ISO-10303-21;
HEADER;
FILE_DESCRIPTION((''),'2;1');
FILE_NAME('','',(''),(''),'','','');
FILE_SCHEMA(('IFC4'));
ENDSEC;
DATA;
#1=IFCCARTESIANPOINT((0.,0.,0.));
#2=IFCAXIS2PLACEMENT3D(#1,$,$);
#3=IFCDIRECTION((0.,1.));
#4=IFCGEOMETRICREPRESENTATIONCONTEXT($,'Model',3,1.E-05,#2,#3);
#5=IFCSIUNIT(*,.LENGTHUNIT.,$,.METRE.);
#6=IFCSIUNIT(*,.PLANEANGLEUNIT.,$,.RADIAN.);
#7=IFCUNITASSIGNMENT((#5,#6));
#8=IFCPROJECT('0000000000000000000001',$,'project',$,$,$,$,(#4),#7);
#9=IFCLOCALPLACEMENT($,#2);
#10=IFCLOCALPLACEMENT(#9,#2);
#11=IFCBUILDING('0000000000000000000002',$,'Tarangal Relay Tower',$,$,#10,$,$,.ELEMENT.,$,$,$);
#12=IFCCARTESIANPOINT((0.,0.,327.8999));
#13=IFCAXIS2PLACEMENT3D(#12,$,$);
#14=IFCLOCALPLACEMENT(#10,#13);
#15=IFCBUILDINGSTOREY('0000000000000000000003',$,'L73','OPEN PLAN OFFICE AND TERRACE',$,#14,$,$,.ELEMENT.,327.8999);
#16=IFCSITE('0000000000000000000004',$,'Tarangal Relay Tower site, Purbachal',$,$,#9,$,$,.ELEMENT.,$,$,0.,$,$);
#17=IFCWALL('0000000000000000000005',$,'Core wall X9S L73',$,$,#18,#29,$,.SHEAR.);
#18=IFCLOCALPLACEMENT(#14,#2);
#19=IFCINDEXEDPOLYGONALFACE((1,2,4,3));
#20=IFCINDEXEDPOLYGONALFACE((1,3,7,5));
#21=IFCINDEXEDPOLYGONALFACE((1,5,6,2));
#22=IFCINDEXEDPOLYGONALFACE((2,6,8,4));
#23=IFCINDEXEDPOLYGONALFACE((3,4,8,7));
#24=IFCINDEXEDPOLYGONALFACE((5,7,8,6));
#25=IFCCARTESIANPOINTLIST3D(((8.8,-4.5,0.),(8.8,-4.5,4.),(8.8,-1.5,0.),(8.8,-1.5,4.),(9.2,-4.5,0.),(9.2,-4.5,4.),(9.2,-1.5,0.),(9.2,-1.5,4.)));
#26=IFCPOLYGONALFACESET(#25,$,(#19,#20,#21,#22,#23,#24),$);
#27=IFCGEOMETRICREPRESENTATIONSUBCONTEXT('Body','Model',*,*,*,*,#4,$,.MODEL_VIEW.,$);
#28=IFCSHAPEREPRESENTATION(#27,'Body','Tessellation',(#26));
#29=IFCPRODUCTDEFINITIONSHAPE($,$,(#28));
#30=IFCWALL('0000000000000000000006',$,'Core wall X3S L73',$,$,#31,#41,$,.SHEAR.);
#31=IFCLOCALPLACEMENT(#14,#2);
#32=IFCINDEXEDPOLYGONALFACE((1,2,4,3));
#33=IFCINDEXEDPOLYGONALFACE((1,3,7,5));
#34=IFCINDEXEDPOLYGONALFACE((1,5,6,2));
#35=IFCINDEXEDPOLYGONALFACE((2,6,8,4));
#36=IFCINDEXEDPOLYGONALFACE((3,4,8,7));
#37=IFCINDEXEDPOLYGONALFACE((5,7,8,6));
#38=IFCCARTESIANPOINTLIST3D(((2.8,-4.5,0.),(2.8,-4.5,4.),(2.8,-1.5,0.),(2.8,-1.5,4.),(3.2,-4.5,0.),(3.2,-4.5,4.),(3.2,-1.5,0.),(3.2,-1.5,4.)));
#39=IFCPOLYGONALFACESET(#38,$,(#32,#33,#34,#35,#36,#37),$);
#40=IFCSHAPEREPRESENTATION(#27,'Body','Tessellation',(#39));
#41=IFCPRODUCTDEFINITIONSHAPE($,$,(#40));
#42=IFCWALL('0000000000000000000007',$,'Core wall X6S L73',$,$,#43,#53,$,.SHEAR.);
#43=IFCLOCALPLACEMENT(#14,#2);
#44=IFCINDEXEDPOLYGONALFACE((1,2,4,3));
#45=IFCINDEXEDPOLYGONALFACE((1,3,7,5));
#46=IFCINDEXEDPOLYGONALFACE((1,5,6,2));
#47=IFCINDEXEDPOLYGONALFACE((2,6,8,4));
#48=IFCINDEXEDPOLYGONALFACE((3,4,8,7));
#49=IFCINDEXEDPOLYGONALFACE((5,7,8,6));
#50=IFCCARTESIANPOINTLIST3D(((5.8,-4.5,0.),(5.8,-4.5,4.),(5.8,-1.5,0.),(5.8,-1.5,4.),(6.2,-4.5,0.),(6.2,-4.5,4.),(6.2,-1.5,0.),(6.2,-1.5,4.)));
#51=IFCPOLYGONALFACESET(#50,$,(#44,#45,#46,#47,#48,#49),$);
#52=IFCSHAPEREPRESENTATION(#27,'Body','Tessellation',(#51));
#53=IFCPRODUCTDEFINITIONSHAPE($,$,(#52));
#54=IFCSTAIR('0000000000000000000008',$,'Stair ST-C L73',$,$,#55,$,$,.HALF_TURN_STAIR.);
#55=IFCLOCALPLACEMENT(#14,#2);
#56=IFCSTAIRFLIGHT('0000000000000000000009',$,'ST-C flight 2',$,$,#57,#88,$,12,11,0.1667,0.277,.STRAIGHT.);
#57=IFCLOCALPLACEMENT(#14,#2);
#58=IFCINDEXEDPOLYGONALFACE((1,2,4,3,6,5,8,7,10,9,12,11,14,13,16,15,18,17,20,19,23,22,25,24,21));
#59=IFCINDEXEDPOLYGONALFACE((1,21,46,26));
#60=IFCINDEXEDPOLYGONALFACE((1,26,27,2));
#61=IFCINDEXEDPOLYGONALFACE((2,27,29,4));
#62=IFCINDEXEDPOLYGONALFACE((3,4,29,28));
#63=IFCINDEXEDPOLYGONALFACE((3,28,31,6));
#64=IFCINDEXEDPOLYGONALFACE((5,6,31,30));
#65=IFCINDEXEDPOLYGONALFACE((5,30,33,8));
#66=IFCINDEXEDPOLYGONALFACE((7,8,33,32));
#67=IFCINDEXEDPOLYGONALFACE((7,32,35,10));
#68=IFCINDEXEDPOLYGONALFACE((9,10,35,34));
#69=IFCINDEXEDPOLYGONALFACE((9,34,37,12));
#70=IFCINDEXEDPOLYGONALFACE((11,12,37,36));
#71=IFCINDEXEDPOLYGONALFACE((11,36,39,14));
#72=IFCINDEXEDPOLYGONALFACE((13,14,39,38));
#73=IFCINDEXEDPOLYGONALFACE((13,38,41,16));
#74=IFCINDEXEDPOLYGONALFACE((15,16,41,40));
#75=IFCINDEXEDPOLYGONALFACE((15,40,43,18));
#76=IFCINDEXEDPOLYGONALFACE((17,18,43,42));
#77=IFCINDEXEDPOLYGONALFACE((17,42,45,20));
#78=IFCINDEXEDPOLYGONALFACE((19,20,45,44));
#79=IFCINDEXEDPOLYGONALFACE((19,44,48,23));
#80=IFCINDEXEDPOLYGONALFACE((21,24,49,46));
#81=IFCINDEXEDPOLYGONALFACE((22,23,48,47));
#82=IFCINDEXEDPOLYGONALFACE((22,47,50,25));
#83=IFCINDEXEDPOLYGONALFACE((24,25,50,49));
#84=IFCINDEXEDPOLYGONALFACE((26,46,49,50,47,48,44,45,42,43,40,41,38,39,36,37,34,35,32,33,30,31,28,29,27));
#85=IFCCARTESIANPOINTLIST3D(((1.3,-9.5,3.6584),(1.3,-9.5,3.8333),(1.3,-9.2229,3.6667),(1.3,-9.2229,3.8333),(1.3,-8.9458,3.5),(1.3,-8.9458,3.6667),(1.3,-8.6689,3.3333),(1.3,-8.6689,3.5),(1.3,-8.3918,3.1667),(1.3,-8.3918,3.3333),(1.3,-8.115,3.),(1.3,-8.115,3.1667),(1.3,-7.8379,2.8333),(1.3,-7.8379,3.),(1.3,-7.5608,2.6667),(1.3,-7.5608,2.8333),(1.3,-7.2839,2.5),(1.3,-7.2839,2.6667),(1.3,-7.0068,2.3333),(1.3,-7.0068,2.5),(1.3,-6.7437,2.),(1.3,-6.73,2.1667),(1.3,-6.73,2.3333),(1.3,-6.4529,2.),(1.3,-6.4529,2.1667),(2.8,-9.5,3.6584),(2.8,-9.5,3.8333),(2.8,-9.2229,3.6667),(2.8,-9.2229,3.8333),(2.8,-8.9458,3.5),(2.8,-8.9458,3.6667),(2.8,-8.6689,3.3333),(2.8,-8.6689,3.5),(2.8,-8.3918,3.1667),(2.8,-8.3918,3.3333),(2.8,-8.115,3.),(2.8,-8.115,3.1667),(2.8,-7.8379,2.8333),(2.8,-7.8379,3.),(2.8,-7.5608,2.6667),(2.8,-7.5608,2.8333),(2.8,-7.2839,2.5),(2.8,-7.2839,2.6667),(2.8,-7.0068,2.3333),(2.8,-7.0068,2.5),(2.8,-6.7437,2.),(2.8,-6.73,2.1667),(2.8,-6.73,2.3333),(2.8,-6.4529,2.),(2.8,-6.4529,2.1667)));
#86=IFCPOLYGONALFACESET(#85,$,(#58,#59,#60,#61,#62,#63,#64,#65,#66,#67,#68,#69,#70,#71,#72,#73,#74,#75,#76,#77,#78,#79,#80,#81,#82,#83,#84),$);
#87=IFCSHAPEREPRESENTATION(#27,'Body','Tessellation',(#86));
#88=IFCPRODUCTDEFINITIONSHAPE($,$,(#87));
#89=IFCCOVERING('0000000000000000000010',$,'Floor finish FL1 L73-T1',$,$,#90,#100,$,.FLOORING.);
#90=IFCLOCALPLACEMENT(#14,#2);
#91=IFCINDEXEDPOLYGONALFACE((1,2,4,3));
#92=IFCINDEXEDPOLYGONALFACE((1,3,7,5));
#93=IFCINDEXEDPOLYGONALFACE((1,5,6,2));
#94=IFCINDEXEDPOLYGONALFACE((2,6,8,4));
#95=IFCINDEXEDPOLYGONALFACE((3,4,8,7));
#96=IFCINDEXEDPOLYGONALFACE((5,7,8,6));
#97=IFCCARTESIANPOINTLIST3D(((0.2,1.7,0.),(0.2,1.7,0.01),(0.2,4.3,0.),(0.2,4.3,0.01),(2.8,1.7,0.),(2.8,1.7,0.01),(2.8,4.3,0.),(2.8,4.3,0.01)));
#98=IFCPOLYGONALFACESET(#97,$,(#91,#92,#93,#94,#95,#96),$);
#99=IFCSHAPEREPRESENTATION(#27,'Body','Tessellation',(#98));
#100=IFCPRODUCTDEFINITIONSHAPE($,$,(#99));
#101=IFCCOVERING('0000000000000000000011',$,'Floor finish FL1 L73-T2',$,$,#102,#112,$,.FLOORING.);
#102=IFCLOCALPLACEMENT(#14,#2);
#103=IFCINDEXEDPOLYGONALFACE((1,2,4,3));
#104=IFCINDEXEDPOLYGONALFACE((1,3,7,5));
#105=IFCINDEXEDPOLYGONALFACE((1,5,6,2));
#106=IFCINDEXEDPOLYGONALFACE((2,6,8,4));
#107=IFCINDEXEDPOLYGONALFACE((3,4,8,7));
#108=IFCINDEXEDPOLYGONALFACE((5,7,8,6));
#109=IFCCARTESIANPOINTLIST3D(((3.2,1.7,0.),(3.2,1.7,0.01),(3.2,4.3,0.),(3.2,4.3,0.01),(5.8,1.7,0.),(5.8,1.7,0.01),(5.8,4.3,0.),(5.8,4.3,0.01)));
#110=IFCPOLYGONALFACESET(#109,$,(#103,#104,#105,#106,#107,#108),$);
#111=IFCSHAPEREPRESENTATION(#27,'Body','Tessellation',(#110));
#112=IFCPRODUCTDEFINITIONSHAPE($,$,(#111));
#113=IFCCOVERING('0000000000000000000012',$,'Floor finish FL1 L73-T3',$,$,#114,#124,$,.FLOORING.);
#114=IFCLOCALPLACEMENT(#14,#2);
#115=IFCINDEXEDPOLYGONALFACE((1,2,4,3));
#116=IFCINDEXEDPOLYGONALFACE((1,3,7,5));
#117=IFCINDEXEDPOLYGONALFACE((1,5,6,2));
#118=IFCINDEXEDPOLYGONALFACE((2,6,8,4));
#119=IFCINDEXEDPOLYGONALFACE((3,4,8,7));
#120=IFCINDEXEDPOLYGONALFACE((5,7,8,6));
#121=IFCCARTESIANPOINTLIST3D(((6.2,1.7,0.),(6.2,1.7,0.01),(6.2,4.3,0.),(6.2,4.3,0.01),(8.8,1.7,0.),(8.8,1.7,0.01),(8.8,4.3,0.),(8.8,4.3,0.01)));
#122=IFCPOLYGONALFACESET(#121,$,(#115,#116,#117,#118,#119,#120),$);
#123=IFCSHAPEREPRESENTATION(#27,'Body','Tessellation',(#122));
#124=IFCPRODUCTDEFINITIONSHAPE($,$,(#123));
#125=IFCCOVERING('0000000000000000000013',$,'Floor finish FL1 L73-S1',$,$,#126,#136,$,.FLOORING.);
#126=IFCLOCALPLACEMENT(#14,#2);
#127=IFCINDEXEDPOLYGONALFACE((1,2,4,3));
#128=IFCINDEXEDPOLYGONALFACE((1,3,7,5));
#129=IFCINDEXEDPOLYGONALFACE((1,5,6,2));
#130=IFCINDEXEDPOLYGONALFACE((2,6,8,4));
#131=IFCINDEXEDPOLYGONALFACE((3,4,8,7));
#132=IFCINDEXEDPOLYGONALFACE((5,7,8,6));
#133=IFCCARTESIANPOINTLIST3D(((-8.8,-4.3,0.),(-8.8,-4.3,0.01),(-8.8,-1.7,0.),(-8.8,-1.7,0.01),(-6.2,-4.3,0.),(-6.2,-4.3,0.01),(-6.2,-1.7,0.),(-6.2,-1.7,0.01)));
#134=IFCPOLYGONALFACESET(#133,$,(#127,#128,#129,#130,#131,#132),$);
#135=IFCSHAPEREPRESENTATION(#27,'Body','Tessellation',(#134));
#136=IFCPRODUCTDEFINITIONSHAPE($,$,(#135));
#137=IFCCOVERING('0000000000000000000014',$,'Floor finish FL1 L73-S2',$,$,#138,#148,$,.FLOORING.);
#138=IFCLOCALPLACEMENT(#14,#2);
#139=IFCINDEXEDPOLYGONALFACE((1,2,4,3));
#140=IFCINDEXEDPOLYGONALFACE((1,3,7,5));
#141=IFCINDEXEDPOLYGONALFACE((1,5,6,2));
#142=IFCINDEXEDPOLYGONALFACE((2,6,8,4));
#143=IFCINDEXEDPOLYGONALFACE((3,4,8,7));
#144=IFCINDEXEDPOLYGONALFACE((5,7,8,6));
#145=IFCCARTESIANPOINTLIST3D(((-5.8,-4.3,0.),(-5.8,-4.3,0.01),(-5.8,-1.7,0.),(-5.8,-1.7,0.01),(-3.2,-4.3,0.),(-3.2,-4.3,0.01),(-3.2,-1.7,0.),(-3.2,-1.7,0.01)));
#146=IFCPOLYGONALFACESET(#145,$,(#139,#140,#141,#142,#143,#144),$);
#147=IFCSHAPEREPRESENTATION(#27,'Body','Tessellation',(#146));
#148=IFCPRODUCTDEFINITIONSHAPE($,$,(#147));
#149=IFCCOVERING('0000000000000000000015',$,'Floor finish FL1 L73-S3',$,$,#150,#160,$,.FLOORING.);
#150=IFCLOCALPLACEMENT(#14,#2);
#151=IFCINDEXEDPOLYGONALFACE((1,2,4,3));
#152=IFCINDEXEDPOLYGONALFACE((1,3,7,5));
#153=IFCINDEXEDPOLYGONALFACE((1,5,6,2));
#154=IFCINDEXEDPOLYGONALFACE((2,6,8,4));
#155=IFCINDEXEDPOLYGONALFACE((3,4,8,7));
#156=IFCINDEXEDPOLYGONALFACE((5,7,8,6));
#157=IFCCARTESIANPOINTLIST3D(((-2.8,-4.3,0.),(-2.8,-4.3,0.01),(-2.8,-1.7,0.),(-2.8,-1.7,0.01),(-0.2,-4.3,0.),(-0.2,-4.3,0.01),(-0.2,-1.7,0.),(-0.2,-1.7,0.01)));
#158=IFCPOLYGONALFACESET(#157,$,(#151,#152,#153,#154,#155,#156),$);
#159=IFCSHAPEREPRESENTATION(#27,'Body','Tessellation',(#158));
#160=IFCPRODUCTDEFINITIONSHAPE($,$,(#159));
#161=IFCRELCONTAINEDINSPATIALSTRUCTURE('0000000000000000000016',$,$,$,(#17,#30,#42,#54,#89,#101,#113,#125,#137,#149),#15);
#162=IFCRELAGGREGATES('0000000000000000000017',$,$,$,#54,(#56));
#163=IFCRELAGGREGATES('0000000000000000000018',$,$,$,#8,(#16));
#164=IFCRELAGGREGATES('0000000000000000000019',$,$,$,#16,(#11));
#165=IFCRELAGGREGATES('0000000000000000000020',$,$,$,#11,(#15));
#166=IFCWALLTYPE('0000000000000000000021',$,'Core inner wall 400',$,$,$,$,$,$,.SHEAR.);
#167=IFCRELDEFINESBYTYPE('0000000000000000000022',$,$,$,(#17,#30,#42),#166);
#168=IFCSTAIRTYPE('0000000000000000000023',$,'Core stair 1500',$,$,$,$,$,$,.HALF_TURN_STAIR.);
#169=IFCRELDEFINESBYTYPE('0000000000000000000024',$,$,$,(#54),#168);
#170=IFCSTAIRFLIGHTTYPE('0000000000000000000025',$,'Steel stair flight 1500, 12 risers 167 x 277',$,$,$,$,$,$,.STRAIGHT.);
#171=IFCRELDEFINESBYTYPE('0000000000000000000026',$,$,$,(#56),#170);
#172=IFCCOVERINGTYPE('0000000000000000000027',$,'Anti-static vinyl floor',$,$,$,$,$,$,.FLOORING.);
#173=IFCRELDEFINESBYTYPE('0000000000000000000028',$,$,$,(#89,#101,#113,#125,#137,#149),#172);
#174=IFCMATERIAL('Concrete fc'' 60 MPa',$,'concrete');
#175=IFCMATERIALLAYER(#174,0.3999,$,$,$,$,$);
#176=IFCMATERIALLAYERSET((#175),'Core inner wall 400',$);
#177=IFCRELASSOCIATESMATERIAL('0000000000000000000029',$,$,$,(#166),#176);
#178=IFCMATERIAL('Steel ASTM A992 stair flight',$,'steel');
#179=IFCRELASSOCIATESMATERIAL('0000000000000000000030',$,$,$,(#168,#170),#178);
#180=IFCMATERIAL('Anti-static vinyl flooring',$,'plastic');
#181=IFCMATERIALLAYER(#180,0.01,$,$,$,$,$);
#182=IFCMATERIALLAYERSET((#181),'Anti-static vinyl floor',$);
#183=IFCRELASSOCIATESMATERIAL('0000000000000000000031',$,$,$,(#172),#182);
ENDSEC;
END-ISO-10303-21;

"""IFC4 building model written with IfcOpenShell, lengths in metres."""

from ifc_helpers import new_model, si_unit, direction, frame, frame_2d, origin, place, context, subcontext, project, spatial, polyline, rectangle, outline, extrude, material, layer, layer_set, type_object, element, aggregate, save


model = new_model("IFC4")

# Units and contexts
model_context = context("Model", 3, precision=1e-05, world=origin(), true_north=direction((0.0, 1.0)))
body_context = subcontext(model_context, "Body", "Model", "MODEL_VIEW")
ifc_project = project(units=[si_unit("LENGTHUNIT", "METRE"), si_unit("PLANEANGLEUNIT", "RADIAN")], contexts=[model_context])

# Site, building, storey
site_placement = place(None, origin())
site = spatial("IfcSite", under=ifc_project, at=site_placement, Name="Tarangal Relay Tower site, Purbachal", CompositionType="ELEMENT", RefElevation=0.0)
building_placement = place(site_placement, origin())
building = spatial("IfcBuilding", under=site, at=building_placement, Name="Tarangal Relay Tower", CompositionType="ELEMENT")
storey_placement = place(building_placement, frame((0.0, 0.0, 327.8999)))
storey = spatial("IfcBuildingStorey", under=building, at=storey_placement, Name="L73", Description="OPEN PLAN OFFICE AND TERRACE", CompositionType="ELEMENT", Elevation=327.8999)

# Walls
ifc_material_1 = material(Name="Concrete fc' 60 MPa", Category="concrete")
ifc_layer_1 = layer(ifc_material_1, 0.3999)
ifc_layer_set_1 = layer_set([ifc_layer_1], Name="Core inner wall 400")
wall_type_1 = type_object("IfcWallType", Name="Core inner wall 400", PredefinedType="SHEAR", material=ifc_layer_set_1)
for number, where, z_axis, x_axis, name in (
    (1, (9.0, -4.5, 0.0), (0.0, 0.0, 1.0), (0.0, 1.0, 0.0), "Core wall X9S L73"),
    (2, (3.0, -4.5, 0.0), (0.0, 0.0, 1.0), (0.0, 1.0, 0.0), "Core wall X3S L73"),
    (3, (6.0, -4.5, 0.0), (0.0, 0.0, 1.0), (0.0, 1.0, 0.0), "Core wall X6S L73"),
):
    element("IfcWall", number, at=place(storey_placement, frame(where, z_axis=z_axis, x_axis=x_axis)), inside=storey, type_object=wall_type_1, Name=name, PredefinedType="SHEAR", context=body_context, shape_type="SweptSolid", body=[
        extrude(rectangle(XDim=3.0, YDim=0.3999, at=frame_2d((1.5, 0.0))), origin(), (0.0, 0.0, 1.0), 4.0),
    ])

# Stair, stair flight
ifc_material_2 = material(Name="Steel ASTM A992 stair flight", Category="steel")
stair_type = type_object("IfcStairType", Name="Core stair 1500", PredefinedType="HALF_TURN_STAIR", material=ifc_material_2)
stair_placement = place(storey_placement, origin())
stair = element("IfcStair", 4, at=stair_placement, inside=storey, type_object=stair_type, Name="Stair ST-C L73", PredefinedType="HALF_TURN_STAIR")
stair_flight_type = type_object("IfcStairFlightType", Name="Steel stair flight 1500, 12 risers 167 x 277", PredefinedType="STRAIGHT", material=ifc_material_2)
stair_flight_placement = place(storey_placement, frame((2.05, -6.4529, 2.0), z_axis=(0.0, 0.0, 1.0), x_axis=(0.0, -1.0, 0.0)))
stair_flight = element("IfcStairFlight", 5, at=stair_flight_placement, type_object=stair_flight_type, Name="ST-C flight 2", NumberOfRisers=12, NumberOfTreads=11, PredefinedType="STRAIGHT", RiserHeight=0.1667, TreadLength=0.277, context=body_context, shape_type="SweptSolid", body=[
    extrude(outline(polyline([(0.0, 0.0), (0.0, 0.1667), (0.2771, 0.1667), (0.2771, 0.3333), (0.554, 0.3333), (0.554, 0.5), (0.8311, 0.5), (0.8311, 0.6667), (1.1079, 0.6667), (1.1079, 0.8333), (1.385, 0.8333), (1.385, 1.0), (1.6621, 1.0), (1.6621, 1.1667), (1.939, 1.1667), (1.939, 1.3333), (2.2161, 1.3333), (2.2161, 1.5), (2.4929, 1.5), (2.4929, 1.6667), (2.77, 1.6667), (2.77, 1.8333), (3.0471, 1.8333), (3.0471, 2.0), (3.0471, 1.6584), (0.2908, 0.0), (0.0, 0.0)])), frame((0.0, 0.75, 0.0), z_axis=(0.0, -1.0, 0.0), x_axis=(1.0, 0.0, 0.0)), (0.0, 0.0, 1.0), 1.5),
])
aggregate(stair, [stair_flight])

# Coverings
ifc_material_3 = material(Name="Anti-static vinyl flooring", Category="plastic")
ifc_layer_2 = layer(ifc_material_3, 0.01)
ifc_layer_set_2 = layer_set([ifc_layer_2], Name="Anti-static vinyl floor")
covering_type_1 = type_object("IfcCoveringType", Name="Anti-static vinyl floor", PredefinedType="FLOORING", material=ifc_layer_set_2)
covering_1_placement = place(storey_placement, origin())
element("IfcCovering", 6, at=covering_1_placement, inside=storey, type_object=covering_type_1, Name="Floor finish FL1 L73-T1", PredefinedType="FLOORING", context=body_context, shape_type="SweptSolid", body=[
    extrude(outline(polyline([(0.2, 1.7), (2.8, 1.7), (2.8, 4.3), (0.2, 4.3), (0.2, 1.7)])), origin(), (0.0, 0.0, 1.0), 0.01),
])
covering_2_placement = place(storey_placement, origin())
element("IfcCovering", 7, at=covering_2_placement, inside=storey, type_object=covering_type_1, Name="Floor finish FL1 L73-T2", PredefinedType="FLOORING", context=body_context, shape_type="SweptSolid", body=[
    extrude(outline(polyline([(3.2, 1.7), (5.8, 1.7), (5.8, 4.3), (3.2, 4.3), (3.2, 1.7)])), origin(), (0.0, 0.0, 1.0), 0.01),
])
covering_3_placement = place(storey_placement, origin())
element("IfcCovering", 8, at=covering_3_placement, inside=storey, type_object=covering_type_1, Name="Floor finish FL1 L73-T3", PredefinedType="FLOORING", context=body_context, shape_type="SweptSolid", body=[
    extrude(outline(polyline([(6.2, 1.7), (8.8, 1.7), (8.8, 4.3), (6.2, 4.3), (6.2, 1.7)])), origin(), (0.0, 0.0, 1.0), 0.01),
])
covering_4_placement = place(storey_placement, origin())
element("IfcCovering", 9, at=covering_4_placement, inside=storey, type_object=covering_type_1, Name="Floor finish FL1 L73-S1", PredefinedType="FLOORING", context=body_context, shape_type="SweptSolid", body=[
    extrude(outline(polyline([(-8.8, -4.3), (-6.2, -4.3), (-6.2, -1.7), (-8.8, -1.7), (-8.8, -4.3)])), origin(), (0.0, 0.0, 1.0), 0.01),
])
covering_5_placement = place(storey_placement, origin())
element("IfcCovering", 10, at=covering_5_placement, inside=storey, type_object=covering_type_1, Name="Floor finish FL1 L73-S2", PredefinedType="FLOORING", context=body_context, shape_type="SweptSolid", body=[
    extrude(outline(polyline([(-5.8, -4.3), (-3.2, -4.3), (-3.2, -1.7), (-5.8, -1.7), (-5.8, -4.3)])), origin(), (0.0, 0.0, 1.0), 0.01),
])
covering_6_placement = place(storey_placement, origin())
element("IfcCovering", 11, at=covering_6_placement, inside=storey, type_object=covering_type_1, Name="Floor finish FL1 L73-S3", PredefinedType="FLOORING", context=body_context, shape_type="SweptSolid", body=[
    extrude(outline(polyline([(-2.8, -4.3), (-0.2, -4.3), (-0.2, -1.7), (-2.8, -1.7), (-2.8, -4.3)])), origin(), (0.0, 0.0, 1.0), 0.01),
])

save(model, "model.ifc")
